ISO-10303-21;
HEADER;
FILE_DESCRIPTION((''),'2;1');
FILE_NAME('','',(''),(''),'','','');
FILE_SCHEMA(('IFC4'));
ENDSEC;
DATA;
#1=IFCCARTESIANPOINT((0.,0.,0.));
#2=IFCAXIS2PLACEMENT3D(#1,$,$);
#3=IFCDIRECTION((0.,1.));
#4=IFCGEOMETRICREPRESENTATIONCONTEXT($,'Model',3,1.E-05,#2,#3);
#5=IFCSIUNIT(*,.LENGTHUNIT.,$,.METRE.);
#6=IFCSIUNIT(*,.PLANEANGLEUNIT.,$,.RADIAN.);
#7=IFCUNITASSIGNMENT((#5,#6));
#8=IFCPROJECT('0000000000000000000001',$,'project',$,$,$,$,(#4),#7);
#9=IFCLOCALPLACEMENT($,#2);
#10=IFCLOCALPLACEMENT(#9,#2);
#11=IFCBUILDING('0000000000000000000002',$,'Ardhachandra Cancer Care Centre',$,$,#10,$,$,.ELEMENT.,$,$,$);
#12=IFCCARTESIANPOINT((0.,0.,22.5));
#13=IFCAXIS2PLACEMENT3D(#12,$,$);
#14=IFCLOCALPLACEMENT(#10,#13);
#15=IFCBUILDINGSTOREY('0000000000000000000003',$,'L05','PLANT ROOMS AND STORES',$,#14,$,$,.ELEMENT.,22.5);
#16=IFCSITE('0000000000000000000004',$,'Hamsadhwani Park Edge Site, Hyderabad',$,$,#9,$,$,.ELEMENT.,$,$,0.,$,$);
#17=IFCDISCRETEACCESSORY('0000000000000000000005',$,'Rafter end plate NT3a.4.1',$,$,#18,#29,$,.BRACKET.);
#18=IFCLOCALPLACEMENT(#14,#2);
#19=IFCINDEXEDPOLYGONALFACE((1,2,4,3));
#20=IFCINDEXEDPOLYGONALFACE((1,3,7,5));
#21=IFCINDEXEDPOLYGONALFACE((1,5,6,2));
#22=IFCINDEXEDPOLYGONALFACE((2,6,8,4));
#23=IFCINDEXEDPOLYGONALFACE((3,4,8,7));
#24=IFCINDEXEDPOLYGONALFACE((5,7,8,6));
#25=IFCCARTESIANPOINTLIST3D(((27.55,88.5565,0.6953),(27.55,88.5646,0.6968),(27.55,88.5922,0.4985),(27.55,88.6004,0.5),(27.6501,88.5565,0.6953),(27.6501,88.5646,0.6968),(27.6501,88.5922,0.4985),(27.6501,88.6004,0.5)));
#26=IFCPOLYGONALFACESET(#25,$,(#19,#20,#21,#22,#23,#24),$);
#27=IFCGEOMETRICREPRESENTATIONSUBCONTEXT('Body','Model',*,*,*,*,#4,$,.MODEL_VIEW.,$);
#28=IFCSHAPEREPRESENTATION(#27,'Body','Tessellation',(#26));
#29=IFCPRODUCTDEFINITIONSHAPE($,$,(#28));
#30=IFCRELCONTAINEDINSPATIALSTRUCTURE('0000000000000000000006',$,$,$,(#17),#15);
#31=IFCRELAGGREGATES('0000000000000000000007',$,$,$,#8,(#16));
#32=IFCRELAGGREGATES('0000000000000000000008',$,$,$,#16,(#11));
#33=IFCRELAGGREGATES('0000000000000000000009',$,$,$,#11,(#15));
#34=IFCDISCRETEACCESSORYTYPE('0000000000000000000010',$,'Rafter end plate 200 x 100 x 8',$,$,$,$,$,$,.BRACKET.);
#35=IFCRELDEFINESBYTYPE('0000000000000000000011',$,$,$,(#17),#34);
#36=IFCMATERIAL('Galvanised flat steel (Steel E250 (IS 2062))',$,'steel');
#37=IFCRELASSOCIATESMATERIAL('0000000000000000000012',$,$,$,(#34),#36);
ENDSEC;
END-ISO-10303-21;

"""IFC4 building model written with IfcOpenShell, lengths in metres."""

from ifc_helpers import new_model, si_unit, direction, frame, origin, origin_2d, place, context, subcontext, project, spatial, rectangle, extrude, material, material_profile, profile_set, type_object, element, save


model = new_model("IFC4")

# Units and contexts
model_context = context("Model", 3, precision=1e-05, world=origin(), true_north=direction((0.0, 1.0)))
body_context = subcontext(model_context, "Body", "Model", "MODEL_VIEW")
ifc_project = project(units=[si_unit("LENGTHUNIT", "METRE"), si_unit("PLANEANGLEUNIT", "RADIAN")], contexts=[model_context])

# Site, building, storey
site_placement = place(None, origin())
site = spatial("IfcSite", under=ifc_project, at=site_placement, Name="Hamsadhwani Park Edge Site, Hyderabad", CompositionType="ELEMENT", RefElevation=0.0)
building_placement = place(site_placement, origin())
building = spatial("IfcBuilding", under=site, at=building_placement, Name="Ardhachandra Cancer Care Centre", CompositionType="ELEMENT")
storey_placement = place(building_placement, frame((0.0, 0.0, 22.5)))
storey = spatial("IfcBuildingStorey", under=building, at=storey_placement, Name="L05", Description="PLANT ROOMS AND STORES", CompositionType="ELEMENT", Elevation=22.5)

# Discrete accessory
ifc_material_1 = material(Name="Galvanised flat steel (Steel E250 (IS 2062))", Category="steel")
ifc_material_profile_1 = material_profile(ifc_material_1, rectangle(XDim=0.1001, YDim=0.2, at=origin_2d()), Name="Rafter end plate 200 x 100 x 8")
ifc_profile_set_1 = profile_set([ifc_material_profile_1], Name="Galvanised flat steel (Steel E250 (IS 2062))")
discrete_accessory_type = type_object("IfcDiscreteAccessoryType", Name="Rafter end plate 200 x 100 x 8", PredefinedType="BRACKET", material=ifc_profile_set_1)
for number, where, z_axis, x_axis, name in (
    (1, (27.6001, 88.5825, 0.5984), (0.0, -0.98387, -0.178885), (1.0, 0.0, 0.0), "Rafter end plate NT3a.4.1"),
):
    element("IfcDiscreteAccessory", number, at=place(storey_placement, frame(where, z_axis=z_axis, x_axis=x_axis)), inside=storey, type_object=discrete_accessory_type, Name=name, PredefinedType="BRACKET", context=body_context, shape_type="SweptSolid", body=[
        extrude(rectangle(XDim=0.1001, YDim=0.2, at=origin_2d()), origin(), (0.0, 0.0, 1.0), 0.0083),
    ])

save(model, "model.ifc")
